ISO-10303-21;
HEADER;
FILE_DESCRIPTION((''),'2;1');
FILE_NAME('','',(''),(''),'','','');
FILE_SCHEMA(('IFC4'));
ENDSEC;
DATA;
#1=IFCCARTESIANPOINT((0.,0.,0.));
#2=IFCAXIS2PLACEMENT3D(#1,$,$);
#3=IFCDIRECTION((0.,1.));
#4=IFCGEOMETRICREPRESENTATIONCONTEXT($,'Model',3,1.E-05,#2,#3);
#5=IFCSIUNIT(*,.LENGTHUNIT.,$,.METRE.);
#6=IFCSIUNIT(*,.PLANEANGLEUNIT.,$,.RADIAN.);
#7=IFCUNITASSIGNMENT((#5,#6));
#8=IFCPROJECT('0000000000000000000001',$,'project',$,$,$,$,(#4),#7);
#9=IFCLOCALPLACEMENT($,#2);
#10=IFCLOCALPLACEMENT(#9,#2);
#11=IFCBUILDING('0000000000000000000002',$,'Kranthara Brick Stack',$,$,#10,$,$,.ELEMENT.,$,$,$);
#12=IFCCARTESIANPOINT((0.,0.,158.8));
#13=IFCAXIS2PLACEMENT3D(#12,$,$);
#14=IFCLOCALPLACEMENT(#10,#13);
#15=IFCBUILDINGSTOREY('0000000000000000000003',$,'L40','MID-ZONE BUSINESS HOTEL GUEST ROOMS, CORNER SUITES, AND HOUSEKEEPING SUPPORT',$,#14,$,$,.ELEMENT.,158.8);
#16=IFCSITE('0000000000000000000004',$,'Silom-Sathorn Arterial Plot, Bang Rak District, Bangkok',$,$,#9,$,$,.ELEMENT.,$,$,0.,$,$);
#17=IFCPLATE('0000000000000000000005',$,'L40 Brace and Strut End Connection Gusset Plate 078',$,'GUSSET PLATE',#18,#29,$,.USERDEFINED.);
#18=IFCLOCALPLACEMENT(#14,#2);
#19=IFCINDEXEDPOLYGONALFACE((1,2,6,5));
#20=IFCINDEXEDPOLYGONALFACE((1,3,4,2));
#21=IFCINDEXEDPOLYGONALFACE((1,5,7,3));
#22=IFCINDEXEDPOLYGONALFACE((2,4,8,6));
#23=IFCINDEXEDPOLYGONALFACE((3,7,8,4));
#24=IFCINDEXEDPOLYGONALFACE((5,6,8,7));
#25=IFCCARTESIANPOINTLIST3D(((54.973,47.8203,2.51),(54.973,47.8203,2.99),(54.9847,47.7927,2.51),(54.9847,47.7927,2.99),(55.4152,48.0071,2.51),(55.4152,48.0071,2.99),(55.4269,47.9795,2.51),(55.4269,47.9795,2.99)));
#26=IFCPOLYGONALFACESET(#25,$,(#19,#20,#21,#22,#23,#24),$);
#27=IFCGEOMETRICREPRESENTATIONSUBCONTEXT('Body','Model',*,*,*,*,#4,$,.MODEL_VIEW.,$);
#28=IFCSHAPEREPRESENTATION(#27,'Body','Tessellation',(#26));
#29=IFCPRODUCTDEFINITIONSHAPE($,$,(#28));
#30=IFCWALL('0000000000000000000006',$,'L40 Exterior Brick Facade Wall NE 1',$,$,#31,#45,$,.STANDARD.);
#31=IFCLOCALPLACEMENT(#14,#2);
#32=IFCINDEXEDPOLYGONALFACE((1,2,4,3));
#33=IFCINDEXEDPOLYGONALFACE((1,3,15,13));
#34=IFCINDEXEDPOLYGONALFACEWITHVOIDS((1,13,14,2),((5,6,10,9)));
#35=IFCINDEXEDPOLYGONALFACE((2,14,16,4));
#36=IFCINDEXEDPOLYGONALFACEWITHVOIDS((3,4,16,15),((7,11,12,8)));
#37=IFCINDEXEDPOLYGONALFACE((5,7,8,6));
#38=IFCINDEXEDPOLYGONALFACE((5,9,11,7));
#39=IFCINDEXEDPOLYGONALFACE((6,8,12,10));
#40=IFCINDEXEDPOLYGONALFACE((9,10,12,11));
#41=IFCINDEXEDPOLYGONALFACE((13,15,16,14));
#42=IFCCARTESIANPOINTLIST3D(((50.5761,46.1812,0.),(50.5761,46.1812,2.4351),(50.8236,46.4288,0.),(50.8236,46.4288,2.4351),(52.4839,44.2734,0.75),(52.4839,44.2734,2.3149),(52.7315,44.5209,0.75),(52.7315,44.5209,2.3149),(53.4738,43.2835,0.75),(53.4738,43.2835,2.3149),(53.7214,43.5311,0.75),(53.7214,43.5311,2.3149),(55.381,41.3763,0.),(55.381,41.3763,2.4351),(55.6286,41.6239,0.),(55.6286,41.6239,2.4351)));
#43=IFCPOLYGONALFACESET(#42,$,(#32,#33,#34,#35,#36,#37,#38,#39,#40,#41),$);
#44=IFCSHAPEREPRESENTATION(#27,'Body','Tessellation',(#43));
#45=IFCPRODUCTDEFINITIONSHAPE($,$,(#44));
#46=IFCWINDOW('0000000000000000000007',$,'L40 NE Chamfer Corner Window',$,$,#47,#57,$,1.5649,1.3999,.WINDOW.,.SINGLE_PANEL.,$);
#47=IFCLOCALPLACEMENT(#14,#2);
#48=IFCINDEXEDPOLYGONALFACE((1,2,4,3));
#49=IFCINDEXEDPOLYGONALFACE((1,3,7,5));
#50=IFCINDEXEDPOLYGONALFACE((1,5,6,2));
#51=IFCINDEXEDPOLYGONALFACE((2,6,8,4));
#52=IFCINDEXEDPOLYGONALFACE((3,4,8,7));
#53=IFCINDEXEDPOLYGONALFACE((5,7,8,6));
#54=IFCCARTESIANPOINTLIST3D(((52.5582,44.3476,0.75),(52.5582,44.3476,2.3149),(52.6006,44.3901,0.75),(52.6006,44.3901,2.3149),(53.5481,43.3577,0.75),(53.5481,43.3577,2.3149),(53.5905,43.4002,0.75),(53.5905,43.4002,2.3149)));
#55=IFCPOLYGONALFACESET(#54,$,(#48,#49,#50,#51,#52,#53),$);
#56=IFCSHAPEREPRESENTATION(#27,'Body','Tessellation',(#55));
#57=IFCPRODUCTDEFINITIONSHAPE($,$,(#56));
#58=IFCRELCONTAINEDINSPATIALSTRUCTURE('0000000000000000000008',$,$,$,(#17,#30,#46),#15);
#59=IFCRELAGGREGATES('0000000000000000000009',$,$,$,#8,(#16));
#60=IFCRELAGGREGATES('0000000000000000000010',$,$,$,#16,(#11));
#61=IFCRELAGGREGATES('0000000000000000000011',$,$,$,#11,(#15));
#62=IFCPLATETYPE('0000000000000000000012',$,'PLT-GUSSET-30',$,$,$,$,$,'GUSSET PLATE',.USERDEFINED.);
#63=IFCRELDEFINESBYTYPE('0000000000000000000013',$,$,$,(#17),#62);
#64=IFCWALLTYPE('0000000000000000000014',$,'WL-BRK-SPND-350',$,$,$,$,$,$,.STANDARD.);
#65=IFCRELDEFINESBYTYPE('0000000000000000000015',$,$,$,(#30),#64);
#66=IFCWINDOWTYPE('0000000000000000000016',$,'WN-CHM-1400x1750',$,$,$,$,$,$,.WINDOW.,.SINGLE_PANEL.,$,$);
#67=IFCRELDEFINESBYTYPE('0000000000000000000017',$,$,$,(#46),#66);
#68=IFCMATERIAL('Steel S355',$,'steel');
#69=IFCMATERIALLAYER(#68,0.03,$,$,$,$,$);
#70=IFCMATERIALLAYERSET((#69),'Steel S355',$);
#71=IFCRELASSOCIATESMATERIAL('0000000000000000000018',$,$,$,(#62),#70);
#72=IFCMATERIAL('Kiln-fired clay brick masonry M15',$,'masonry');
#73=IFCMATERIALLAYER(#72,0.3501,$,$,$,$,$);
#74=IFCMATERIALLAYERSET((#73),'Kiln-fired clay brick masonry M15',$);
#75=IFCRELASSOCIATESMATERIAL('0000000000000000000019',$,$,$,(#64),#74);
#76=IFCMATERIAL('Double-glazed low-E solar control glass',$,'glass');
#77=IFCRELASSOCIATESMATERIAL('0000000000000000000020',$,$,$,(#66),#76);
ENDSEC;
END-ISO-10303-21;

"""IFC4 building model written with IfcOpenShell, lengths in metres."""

from ifc_helpers import new_model, si_unit, direction, frame, frame_2d, origin, origin_2d, place, context, subcontext, project, spatial, rectangle, extrude, material, layer, layer_set, type_object, element, fill, save


model = new_model("IFC4")

# Units and contexts
model_context = context("Model", 3, precision=1e-05, world=origin(), true_north=direction((0.0, 1.0)))
body_context = subcontext(model_context, "Body", "Model", "MODEL_VIEW")
ifc_project = project(units=[si_unit("LENGTHUNIT", "METRE"), si_unit("PLANEANGLEUNIT", "RADIAN")], contexts=[model_context])

# Site, building, storey
site_placement = place(None, origin())
site = spatial("IfcSite", under=ifc_project, at=site_placement, Name="Silom-Sathorn Arterial Plot, Bang Rak District, Bangkok", CompositionType="ELEMENT", RefElevation=0.0)
building_placement = place(site_placement, origin())
building = spatial("IfcBuilding", under=site, at=building_placement, Name="Kranthara Brick Stack", CompositionType="ELEMENT")
storey_placement = place(building_placement, frame((0.0, 0.0, 158.8)))
storey = spatial("IfcBuildingStorey", under=building, at=storey_placement, Name="L40", Description="MID-ZONE BUSINESS HOTEL GUEST ROOMS, CORNER SUITES, AND HOUSEKEEPING SUPPORT", CompositionType="ELEMENT", Elevation=158.8)

# Plate
ifc_material_1 = material(Name="Steel S355", Category="steel")
ifc_layer_1 = layer(ifc_material_1, 0.03)
ifc_layer_set_1 = layer_set([ifc_layer_1], Name="Steel S355")
plate_type = type_object("IfcPlateType", Name="PLT-GUSSET-30", ElementType="GUSSET PLATE", PredefinedType="USERDEFINED", material=ifc_layer_set_1)
for number, where, z_axis, x_axis, name in (
    (1, (55.2, 47.8999, 2.51), (0.0, 0.0, 1.0), (0.921185, 0.389124, 0.0), "L40 Brace and Strut End Connection Gusset Plate 078"),
):
    element("IfcPlate", number, at=place(storey_placement, frame(where, z_axis=z_axis, x_axis=x_axis)), inside=storey, type_object=plate_type, Name=name, ObjectType="GUSSET PLATE", PredefinedType="USERDEFINED", context=body_context, shape_type="SweptSolid", body=[
        extrude(rectangle(XDim=0.48, YDim=0.03, at=origin_2d()), origin(), (0.0, 0.0, 1.0), 0.48),
    ])

# Wall, opening, window
ifc_material_2 = material(Name="Kiln-fired clay brick masonry M15", Category="masonry")
ifc_layer_2 = layer(ifc_material_2, 0.3501)
ifc_layer_set_2 = layer_set([ifc_layer_2], Name="Kiln-fired clay brick masonry M15")
wall_type_1 = type_object("IfcWallType", Name="WL-BRK-SPND-350", PredefinedType="STANDARD", material=ifc_layer_set_2)
wall_1_placement = place(storey_placement, frame((50.7, 46.3049, 0.0), z_axis=(0.0, 0.0, 1.0), x_axis=(0.707107, -0.707107, 0.0)))
wall_1 = element("IfcWall", 2, at=wall_1_placement, inside=storey, type_object=wall_type_1, Name="L40 Exterior Brick Facade Wall NE 1", PredefinedType="STANDARD", context=body_context, shape_type="SweptSolid", body=[
    extrude(rectangle(XDim=6.7952, YDim=0.3501, at=frame_2d((3.3975, 0.0))), origin(), (0.0, 0.0, 1.0), 2.4351),
])
opening_1_placement = place(wall_1_placement, frame((2.698, 0.0, 0.75)))
opening_1 = element("IfcOpeningElement", 3, at=opening_1_placement, cuts=wall_1, PredefinedType="OPENING", context=body_context, shape_type="SweptSolid", body=[
    extrude(rectangle(XDim=1.3999, YDim=1.5649, at=frame_2d((0.7, 0.7825))), frame((0.0, 0.1851, 0.0), z_axis=(0.0, -1.0, 0.0), x_axis=(1.0, 0.0, 0.0)), (0.0, 0.0, 1.0), 0.3701),
])
ifc_material_3 = material(Name="Double-glazed low-E solar control glass", Category="glass")
window_type_1 = type_object("IfcWindowType", Name="WN-CHM-1400x1750", PartitioningType="SINGLE_PANEL", PredefinedType="WINDOW", material=ifc_material_3)
window_1_placement = place(opening_1_placement, origin())
window_1 = element("IfcWindow", 4, at=window_1_placement, inside=storey, type_object=window_type_1, Name="L40 NE Chamfer Corner Window", OverallHeight=1.5649, OverallWidth=1.3999, PartitioningType="SINGLE_PANEL", PredefinedType="WINDOW", context=body_context, shape_type="SweptSolid", body=[
    extrude(rectangle(XDim=1.3999, YDim=1.5649, at=frame_2d((0.7, 0.7825))), frame((0.0, -0.01, 0.0), z_axis=(0.0, -1.0, 0.0), x_axis=(1.0, 0.0, 0.0)), (0.0, 0.0, 1.0), 0.0601),
])
fill(opening_1, window_1)

save(model, "model.ifc")
